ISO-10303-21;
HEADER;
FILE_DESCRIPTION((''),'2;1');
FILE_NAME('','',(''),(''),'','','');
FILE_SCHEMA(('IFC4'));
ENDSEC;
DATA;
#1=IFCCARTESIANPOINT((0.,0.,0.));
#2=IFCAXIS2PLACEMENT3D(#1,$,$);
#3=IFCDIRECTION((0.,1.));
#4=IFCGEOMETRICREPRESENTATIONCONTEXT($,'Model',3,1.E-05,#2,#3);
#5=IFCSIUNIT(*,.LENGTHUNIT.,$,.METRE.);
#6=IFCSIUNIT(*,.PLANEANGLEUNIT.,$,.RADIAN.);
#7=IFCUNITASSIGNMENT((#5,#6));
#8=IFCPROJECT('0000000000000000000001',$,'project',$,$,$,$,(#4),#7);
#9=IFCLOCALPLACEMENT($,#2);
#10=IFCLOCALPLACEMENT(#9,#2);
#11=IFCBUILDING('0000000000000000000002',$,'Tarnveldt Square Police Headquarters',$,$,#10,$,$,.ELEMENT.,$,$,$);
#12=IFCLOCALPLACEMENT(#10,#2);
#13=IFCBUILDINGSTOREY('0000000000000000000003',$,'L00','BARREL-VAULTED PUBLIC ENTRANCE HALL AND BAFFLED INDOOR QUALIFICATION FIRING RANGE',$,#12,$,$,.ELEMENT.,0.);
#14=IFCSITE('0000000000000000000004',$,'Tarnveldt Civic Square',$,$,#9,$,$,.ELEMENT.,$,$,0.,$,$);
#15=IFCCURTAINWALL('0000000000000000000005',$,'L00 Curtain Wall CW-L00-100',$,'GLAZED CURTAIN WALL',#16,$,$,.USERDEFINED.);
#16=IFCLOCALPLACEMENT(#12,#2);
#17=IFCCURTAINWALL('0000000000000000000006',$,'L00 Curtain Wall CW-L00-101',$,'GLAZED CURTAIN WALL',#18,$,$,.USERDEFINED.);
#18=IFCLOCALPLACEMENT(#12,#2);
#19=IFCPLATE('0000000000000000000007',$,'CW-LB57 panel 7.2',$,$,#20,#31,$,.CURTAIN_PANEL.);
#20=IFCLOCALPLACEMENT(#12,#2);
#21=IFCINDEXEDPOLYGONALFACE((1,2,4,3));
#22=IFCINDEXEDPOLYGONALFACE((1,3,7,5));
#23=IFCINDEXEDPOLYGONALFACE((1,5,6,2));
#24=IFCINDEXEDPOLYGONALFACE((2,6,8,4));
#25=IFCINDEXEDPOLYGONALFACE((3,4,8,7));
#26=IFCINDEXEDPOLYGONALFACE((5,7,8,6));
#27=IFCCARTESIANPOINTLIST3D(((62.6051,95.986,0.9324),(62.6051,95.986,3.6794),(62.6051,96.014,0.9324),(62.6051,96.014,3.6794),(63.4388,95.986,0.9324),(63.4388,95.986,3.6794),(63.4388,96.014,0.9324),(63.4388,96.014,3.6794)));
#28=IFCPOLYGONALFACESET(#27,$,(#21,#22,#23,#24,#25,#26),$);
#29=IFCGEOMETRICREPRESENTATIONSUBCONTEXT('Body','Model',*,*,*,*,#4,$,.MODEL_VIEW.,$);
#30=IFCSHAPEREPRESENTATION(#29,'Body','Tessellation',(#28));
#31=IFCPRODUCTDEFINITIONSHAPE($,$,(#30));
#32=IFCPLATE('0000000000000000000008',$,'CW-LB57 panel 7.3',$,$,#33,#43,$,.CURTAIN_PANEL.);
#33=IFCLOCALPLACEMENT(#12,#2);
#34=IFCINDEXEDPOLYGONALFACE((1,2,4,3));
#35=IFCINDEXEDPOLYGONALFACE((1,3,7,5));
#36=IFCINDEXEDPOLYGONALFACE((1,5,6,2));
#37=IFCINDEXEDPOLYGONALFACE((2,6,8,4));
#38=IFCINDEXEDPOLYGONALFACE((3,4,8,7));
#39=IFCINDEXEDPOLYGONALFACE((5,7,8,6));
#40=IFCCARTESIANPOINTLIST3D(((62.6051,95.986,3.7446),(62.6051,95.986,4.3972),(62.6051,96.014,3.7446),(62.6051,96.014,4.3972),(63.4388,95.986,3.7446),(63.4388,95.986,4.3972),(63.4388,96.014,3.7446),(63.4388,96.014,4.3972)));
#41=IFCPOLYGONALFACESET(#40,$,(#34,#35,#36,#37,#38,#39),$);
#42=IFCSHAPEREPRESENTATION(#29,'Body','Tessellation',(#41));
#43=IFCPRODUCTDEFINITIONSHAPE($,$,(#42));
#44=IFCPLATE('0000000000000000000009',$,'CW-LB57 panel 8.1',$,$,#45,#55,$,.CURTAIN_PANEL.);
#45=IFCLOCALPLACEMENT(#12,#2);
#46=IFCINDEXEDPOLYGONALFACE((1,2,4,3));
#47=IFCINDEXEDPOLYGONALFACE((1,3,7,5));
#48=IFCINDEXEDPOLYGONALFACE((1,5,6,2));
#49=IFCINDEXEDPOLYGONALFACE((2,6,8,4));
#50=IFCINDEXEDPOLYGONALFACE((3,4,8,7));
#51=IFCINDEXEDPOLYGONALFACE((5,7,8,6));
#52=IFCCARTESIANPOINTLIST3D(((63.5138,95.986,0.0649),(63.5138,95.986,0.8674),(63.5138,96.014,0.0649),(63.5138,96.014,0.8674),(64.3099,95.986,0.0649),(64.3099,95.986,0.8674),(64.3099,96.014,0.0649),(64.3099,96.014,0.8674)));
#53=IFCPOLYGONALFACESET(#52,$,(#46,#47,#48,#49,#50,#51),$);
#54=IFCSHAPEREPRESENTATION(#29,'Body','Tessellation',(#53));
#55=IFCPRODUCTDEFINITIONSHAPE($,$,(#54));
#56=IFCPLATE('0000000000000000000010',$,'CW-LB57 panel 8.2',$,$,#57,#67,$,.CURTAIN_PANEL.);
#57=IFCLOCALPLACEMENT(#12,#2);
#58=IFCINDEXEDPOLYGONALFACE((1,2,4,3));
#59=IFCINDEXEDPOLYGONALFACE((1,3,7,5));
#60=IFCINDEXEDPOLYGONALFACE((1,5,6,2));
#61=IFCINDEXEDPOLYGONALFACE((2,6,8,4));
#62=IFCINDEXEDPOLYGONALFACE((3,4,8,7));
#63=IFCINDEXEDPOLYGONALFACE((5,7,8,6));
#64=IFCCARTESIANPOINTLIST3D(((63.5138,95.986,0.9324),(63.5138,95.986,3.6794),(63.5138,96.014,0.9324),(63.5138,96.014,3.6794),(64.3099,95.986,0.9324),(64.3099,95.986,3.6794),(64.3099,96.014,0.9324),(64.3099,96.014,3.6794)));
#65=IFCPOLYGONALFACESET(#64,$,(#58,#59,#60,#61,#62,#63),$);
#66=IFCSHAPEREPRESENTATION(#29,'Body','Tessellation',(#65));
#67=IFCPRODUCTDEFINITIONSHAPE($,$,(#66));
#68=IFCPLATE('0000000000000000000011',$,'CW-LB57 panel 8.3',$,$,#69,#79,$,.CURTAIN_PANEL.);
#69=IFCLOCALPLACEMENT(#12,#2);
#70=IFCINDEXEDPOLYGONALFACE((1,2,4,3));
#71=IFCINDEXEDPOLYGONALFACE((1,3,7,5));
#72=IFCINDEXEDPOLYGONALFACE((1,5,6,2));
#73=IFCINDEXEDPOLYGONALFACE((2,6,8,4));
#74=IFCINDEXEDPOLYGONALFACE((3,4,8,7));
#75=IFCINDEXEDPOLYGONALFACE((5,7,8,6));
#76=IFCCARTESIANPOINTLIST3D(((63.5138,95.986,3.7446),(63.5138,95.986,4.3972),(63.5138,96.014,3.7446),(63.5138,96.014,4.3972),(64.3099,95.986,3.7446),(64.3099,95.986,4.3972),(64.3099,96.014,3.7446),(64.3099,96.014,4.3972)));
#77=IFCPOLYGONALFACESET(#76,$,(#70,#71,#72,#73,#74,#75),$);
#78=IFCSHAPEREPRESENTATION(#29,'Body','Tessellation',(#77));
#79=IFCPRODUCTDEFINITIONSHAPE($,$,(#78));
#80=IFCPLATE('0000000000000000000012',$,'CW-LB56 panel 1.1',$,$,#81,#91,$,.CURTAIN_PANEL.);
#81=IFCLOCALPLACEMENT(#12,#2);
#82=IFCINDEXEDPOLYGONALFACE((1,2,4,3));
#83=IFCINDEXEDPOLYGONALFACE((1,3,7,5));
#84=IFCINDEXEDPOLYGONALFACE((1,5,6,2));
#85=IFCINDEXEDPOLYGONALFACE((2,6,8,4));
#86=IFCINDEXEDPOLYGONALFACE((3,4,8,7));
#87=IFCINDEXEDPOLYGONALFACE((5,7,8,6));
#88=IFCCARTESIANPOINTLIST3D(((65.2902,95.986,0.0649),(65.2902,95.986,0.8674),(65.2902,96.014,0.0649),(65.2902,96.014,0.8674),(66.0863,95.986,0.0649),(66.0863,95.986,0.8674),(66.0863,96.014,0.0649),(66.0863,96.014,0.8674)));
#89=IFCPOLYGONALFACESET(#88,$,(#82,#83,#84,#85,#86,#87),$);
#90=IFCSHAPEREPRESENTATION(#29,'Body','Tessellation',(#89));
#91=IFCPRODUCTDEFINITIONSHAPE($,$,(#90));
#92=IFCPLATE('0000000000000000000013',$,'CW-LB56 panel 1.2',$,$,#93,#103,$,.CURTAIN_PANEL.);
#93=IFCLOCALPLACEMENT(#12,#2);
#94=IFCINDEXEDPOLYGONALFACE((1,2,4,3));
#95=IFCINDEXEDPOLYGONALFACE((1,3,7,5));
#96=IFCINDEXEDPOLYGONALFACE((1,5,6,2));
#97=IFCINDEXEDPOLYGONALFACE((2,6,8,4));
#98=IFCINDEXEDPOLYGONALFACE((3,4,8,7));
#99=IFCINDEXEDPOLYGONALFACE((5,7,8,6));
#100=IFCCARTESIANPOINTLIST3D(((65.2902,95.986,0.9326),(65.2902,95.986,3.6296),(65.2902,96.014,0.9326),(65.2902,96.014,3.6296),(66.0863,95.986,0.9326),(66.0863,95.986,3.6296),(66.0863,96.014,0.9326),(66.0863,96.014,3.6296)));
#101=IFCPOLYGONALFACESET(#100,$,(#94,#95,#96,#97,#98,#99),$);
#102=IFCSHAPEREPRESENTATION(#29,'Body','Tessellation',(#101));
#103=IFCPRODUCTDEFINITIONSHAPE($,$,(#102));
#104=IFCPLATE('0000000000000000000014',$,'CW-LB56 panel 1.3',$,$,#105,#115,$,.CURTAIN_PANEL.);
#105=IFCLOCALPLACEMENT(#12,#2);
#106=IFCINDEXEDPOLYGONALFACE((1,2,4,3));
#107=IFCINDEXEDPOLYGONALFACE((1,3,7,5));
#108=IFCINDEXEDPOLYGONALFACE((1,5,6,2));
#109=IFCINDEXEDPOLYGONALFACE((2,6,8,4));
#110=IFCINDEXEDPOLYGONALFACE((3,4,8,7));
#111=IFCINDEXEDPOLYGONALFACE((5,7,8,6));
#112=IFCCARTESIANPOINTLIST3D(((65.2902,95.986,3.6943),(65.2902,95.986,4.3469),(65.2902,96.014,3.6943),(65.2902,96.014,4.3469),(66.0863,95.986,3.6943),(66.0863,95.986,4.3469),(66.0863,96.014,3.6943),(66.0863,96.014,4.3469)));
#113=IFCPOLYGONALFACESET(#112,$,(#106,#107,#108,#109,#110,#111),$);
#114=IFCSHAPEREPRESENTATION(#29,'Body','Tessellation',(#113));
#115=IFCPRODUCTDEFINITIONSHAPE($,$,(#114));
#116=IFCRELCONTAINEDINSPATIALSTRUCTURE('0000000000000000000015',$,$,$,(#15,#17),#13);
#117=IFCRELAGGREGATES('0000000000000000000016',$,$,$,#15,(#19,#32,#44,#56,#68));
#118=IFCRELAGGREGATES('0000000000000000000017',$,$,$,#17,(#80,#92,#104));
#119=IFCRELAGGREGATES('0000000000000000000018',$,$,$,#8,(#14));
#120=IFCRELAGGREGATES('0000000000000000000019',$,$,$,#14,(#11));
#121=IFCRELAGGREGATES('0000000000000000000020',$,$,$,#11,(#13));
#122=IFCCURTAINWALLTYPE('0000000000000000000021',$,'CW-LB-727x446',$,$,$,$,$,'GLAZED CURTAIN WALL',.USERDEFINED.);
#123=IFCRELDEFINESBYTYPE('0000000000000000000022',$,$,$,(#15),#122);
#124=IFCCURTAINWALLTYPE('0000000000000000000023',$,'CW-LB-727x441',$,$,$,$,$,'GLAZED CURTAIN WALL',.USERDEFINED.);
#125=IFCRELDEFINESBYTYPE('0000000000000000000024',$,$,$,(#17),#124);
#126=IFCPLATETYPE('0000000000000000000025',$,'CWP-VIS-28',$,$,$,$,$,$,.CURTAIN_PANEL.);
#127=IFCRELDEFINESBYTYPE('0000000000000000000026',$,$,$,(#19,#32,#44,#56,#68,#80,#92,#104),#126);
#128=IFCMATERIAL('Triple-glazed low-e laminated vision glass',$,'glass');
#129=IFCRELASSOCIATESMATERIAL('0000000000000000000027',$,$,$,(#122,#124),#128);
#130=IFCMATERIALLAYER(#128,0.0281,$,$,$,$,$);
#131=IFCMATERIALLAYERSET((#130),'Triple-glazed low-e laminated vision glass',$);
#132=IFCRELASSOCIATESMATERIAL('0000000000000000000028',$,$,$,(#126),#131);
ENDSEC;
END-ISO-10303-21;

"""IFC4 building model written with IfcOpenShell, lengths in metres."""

from ifc_helpers import new_model, si_unit, direction, frame, origin, origin_2d, place, context, subcontext, project, spatial, rectangle, extrude, material, layer, layer_set, type_object, element, aggregate, save


model = new_model("IFC4")

# Units and contexts
model_context = context("Model", 3, precision=1e-05, world=origin(), true_north=direction((0.0, 1.0)))
body_context = subcontext(model_context, "Body", "Model", "MODEL_VIEW")
ifc_project = project(units=[si_unit("LENGTHUNIT", "METRE"), si_unit("PLANEANGLEUNIT", "RADIAN")], contexts=[model_context])

# Site, building, storey
site_placement = place(None, origin())
site = spatial("IfcSite", under=ifc_project, at=site_placement, Name="Tarnveldt Civic Square", CompositionType="ELEMENT", RefElevation=0.0)
building_placement = place(site_placement, origin())
building = spatial("IfcBuilding", under=site, at=building_placement, Name="Tarnveldt Square Police Headquarters", CompositionType="ELEMENT")
storey_placement = place(building_placement, origin())
storey = spatial("IfcBuildingStorey", under=building, at=storey_placement, Name="L00", Description="BARREL-VAULTED PUBLIC ENTRANCE HALL AND BAFFLED INDOOR QUALIFICATION FIRING RANGE", CompositionType="ELEMENT", Elevation=0.0)

# Curtain walls
ifc_material_1 = material(Name="Triple-glazed low-e laminated vision glass", Category="glass")
curtain_wall_type_1 = type_object("IfcCurtainWallType", Name="CW-LB-727x446", ElementType="GLAZED CURTAIN WALL", PredefinedType="USERDEFINED", material=ifc_material_1)
curtain_wall_1_placement = place(storey_placement, origin())
curtain_wall_1 = element("IfcCurtainWall", 1, at=curtain_wall_1_placement, inside=storey, type_object=curtain_wall_type_1, Name="L00 Curtain Wall CW-L00-100", ObjectType="GLAZED CURTAIN WALL", PredefinedType="USERDEFINED")
curtain_wall_type_2 = type_object("IfcCurtainWallType", Name="CW-LB-727x441", ElementType="GLAZED CURTAIN WALL", PredefinedType="USERDEFINED", material=ifc_material_1)
curtain_wall_2_placement = place(storey_placement, origin())
curtain_wall_2 = element("IfcCurtainWall", 2, at=curtain_wall_2_placement, inside=storey, type_object=curtain_wall_type_2, Name="L00 Curtain Wall CW-L00-101", ObjectType="GLAZED CURTAIN WALL", PredefinedType="USERDEFINED")

# Plates
ifc_layer = layer(ifc_material_1, 0.0281)
ifc_layer_set = layer_set([ifc_layer], Name="Triple-glazed low-e laminated vision glass")
plate_type = type_object("IfcPlateType", Name="CWP-VIS-28", PredefinedType="CURTAIN_PANEL", material=ifc_layer_set)
plate_1_placement = place(storey_placement, frame((63.022, 96.0, 0.9324), z_axis=(0.0, 0.0, 1.0), x_axis=(1.0, 0.0, 0.0)))
plate_1 = element("IfcPlate", 3, at=plate_1_placement, type_object=plate_type, Name="CW-LB57 panel 7.2", PredefinedType="CURTAIN_PANEL", context=body_context, shape_type="SweptSolid", body=[
    extrude(rectangle(XDim=0.8337, YDim=0.0281, at=origin_2d()), origin(), (0.0, 0.0, 1.0), 2.7471),
])
plate_2_placement = place(storey_placement, frame((63.022, 96.0, 3.7446), z_axis=(0.0, 0.0, 1.0), x_axis=(1.0, 0.0, 0.0)))
plate_2 = element("IfcPlate", 4, at=plate_2_placement, type_object=plate_type, Name="CW-LB57 panel 7.3", PredefinedType="CURTAIN_PANEL", context=body_context, shape_type="SweptSolid", body=[
    extrude(rectangle(XDim=0.8337, YDim=0.0281, at=origin_2d()), origin(), (0.0, 0.0, 1.0), 0.6526),
])
plate_3_placement = place(storey_placement, frame((63.9119, 96.0, 0.0649), z_axis=(0.0, 0.0, 1.0), x_axis=(1.0, 0.0, 0.0)))
plate_3 = element("IfcPlate", 5, at=plate_3_placement, type_object=plate_type, Name="CW-LB57 panel 8.1", PredefinedType="CURTAIN_PANEL", context=body_context, shape_type="SweptSolid", body=[
    extrude(rectangle(XDim=0.7961, YDim=0.0281, at=origin_2d()), origin(), (0.0, 0.0, 1.0), 0.8025),
])
plate_4_placement = place(storey_placement, frame((63.9119, 96.0, 0.9324), z_axis=(0.0, 0.0, 1.0), x_axis=(1.0, 0.0, 0.0)))
plate_4 = element("IfcPlate", 6, at=plate_4_placement, type_object=plate_type, Name="CW-LB57 panel 8.2", PredefinedType="CURTAIN_PANEL", context=body_context, shape_type="SweptSolid", body=[
    extrude(rectangle(XDim=0.7961, YDim=0.0281, at=origin_2d()), origin(), (0.0, 0.0, 1.0), 2.7471),
])
plate_5_placement = place(storey_placement, frame((63.9119, 96.0, 3.7446), z_axis=(0.0, 0.0, 1.0), x_axis=(1.0, 0.0, 0.0)))
plate_5 = element("IfcPlate", 7, at=plate_5_placement, type_object=plate_type, Name="CW-LB57 panel 8.3", PredefinedType="CURTAIN_PANEL", context=body_context, shape_type="SweptSolid", body=[
    extrude(rectangle(XDim=0.7961, YDim=0.0281, at=origin_2d()), origin(), (0.0, 0.0, 1.0), 0.6526),
])
aggregate(curtain_wall_1, [plate_1, plate_2, plate_3, plate_4, plate_5])
plate_6_placement = place(storey_placement, frame((65.6882, 96.0, 0.0649), z_axis=(0.0, 0.0, 1.0), x_axis=(1.0, 0.0, 0.0)))
plate_6 = element("IfcPlate", 8, at=plate_6_placement, type_object=plate_type, Name="CW-LB56 panel 1.1", PredefinedType="CURTAIN_PANEL", context=body_context, shape_type="SweptSolid", body=[
    extrude(rectangle(XDim=0.7961, YDim=0.0281, at=origin_2d()), origin(), (0.0, 0.0, 1.0), 0.8025),
])
plate_7_placement = place(storey_placement, frame((65.6882, 96.0, 0.9326), z_axis=(0.0, 0.0, 1.0), x_axis=(1.0, 0.0, 0.0)))
plate_7 = element("IfcPlate", 9, at=plate_7_placement, type_object=plate_type, Name="CW-LB56 panel 1.2", PredefinedType="CURTAIN_PANEL", context=body_context, shape_type="SweptSolid", body=[
    extrude(rectangle(XDim=0.7961, YDim=0.0281, at=origin_2d()), origin(), (0.0, 0.0, 1.0), 2.697),
])
plate_8_placement = place(storey_placement, frame((65.6882, 96.0, 3.6943), z_axis=(0.0, 0.0, 1.0), x_axis=(1.0, 0.0, 0.0)))
plate_8 = element("IfcPlate", 10, at=plate_8_placement, type_object=plate_type, Name="CW-LB56 panel 1.3", PredefinedType="CURTAIN_PANEL", context=body_context, shape_type="SweptSolid", body=[
    extrude(rectangle(XDim=0.7961, YDim=0.0281, at=origin_2d()), origin(), (0.0, 0.0, 1.0), 0.6526),
])
aggregate(curtain_wall_2, [plate_6, plate_7, plate_8])

save(model, "model.ifc")
